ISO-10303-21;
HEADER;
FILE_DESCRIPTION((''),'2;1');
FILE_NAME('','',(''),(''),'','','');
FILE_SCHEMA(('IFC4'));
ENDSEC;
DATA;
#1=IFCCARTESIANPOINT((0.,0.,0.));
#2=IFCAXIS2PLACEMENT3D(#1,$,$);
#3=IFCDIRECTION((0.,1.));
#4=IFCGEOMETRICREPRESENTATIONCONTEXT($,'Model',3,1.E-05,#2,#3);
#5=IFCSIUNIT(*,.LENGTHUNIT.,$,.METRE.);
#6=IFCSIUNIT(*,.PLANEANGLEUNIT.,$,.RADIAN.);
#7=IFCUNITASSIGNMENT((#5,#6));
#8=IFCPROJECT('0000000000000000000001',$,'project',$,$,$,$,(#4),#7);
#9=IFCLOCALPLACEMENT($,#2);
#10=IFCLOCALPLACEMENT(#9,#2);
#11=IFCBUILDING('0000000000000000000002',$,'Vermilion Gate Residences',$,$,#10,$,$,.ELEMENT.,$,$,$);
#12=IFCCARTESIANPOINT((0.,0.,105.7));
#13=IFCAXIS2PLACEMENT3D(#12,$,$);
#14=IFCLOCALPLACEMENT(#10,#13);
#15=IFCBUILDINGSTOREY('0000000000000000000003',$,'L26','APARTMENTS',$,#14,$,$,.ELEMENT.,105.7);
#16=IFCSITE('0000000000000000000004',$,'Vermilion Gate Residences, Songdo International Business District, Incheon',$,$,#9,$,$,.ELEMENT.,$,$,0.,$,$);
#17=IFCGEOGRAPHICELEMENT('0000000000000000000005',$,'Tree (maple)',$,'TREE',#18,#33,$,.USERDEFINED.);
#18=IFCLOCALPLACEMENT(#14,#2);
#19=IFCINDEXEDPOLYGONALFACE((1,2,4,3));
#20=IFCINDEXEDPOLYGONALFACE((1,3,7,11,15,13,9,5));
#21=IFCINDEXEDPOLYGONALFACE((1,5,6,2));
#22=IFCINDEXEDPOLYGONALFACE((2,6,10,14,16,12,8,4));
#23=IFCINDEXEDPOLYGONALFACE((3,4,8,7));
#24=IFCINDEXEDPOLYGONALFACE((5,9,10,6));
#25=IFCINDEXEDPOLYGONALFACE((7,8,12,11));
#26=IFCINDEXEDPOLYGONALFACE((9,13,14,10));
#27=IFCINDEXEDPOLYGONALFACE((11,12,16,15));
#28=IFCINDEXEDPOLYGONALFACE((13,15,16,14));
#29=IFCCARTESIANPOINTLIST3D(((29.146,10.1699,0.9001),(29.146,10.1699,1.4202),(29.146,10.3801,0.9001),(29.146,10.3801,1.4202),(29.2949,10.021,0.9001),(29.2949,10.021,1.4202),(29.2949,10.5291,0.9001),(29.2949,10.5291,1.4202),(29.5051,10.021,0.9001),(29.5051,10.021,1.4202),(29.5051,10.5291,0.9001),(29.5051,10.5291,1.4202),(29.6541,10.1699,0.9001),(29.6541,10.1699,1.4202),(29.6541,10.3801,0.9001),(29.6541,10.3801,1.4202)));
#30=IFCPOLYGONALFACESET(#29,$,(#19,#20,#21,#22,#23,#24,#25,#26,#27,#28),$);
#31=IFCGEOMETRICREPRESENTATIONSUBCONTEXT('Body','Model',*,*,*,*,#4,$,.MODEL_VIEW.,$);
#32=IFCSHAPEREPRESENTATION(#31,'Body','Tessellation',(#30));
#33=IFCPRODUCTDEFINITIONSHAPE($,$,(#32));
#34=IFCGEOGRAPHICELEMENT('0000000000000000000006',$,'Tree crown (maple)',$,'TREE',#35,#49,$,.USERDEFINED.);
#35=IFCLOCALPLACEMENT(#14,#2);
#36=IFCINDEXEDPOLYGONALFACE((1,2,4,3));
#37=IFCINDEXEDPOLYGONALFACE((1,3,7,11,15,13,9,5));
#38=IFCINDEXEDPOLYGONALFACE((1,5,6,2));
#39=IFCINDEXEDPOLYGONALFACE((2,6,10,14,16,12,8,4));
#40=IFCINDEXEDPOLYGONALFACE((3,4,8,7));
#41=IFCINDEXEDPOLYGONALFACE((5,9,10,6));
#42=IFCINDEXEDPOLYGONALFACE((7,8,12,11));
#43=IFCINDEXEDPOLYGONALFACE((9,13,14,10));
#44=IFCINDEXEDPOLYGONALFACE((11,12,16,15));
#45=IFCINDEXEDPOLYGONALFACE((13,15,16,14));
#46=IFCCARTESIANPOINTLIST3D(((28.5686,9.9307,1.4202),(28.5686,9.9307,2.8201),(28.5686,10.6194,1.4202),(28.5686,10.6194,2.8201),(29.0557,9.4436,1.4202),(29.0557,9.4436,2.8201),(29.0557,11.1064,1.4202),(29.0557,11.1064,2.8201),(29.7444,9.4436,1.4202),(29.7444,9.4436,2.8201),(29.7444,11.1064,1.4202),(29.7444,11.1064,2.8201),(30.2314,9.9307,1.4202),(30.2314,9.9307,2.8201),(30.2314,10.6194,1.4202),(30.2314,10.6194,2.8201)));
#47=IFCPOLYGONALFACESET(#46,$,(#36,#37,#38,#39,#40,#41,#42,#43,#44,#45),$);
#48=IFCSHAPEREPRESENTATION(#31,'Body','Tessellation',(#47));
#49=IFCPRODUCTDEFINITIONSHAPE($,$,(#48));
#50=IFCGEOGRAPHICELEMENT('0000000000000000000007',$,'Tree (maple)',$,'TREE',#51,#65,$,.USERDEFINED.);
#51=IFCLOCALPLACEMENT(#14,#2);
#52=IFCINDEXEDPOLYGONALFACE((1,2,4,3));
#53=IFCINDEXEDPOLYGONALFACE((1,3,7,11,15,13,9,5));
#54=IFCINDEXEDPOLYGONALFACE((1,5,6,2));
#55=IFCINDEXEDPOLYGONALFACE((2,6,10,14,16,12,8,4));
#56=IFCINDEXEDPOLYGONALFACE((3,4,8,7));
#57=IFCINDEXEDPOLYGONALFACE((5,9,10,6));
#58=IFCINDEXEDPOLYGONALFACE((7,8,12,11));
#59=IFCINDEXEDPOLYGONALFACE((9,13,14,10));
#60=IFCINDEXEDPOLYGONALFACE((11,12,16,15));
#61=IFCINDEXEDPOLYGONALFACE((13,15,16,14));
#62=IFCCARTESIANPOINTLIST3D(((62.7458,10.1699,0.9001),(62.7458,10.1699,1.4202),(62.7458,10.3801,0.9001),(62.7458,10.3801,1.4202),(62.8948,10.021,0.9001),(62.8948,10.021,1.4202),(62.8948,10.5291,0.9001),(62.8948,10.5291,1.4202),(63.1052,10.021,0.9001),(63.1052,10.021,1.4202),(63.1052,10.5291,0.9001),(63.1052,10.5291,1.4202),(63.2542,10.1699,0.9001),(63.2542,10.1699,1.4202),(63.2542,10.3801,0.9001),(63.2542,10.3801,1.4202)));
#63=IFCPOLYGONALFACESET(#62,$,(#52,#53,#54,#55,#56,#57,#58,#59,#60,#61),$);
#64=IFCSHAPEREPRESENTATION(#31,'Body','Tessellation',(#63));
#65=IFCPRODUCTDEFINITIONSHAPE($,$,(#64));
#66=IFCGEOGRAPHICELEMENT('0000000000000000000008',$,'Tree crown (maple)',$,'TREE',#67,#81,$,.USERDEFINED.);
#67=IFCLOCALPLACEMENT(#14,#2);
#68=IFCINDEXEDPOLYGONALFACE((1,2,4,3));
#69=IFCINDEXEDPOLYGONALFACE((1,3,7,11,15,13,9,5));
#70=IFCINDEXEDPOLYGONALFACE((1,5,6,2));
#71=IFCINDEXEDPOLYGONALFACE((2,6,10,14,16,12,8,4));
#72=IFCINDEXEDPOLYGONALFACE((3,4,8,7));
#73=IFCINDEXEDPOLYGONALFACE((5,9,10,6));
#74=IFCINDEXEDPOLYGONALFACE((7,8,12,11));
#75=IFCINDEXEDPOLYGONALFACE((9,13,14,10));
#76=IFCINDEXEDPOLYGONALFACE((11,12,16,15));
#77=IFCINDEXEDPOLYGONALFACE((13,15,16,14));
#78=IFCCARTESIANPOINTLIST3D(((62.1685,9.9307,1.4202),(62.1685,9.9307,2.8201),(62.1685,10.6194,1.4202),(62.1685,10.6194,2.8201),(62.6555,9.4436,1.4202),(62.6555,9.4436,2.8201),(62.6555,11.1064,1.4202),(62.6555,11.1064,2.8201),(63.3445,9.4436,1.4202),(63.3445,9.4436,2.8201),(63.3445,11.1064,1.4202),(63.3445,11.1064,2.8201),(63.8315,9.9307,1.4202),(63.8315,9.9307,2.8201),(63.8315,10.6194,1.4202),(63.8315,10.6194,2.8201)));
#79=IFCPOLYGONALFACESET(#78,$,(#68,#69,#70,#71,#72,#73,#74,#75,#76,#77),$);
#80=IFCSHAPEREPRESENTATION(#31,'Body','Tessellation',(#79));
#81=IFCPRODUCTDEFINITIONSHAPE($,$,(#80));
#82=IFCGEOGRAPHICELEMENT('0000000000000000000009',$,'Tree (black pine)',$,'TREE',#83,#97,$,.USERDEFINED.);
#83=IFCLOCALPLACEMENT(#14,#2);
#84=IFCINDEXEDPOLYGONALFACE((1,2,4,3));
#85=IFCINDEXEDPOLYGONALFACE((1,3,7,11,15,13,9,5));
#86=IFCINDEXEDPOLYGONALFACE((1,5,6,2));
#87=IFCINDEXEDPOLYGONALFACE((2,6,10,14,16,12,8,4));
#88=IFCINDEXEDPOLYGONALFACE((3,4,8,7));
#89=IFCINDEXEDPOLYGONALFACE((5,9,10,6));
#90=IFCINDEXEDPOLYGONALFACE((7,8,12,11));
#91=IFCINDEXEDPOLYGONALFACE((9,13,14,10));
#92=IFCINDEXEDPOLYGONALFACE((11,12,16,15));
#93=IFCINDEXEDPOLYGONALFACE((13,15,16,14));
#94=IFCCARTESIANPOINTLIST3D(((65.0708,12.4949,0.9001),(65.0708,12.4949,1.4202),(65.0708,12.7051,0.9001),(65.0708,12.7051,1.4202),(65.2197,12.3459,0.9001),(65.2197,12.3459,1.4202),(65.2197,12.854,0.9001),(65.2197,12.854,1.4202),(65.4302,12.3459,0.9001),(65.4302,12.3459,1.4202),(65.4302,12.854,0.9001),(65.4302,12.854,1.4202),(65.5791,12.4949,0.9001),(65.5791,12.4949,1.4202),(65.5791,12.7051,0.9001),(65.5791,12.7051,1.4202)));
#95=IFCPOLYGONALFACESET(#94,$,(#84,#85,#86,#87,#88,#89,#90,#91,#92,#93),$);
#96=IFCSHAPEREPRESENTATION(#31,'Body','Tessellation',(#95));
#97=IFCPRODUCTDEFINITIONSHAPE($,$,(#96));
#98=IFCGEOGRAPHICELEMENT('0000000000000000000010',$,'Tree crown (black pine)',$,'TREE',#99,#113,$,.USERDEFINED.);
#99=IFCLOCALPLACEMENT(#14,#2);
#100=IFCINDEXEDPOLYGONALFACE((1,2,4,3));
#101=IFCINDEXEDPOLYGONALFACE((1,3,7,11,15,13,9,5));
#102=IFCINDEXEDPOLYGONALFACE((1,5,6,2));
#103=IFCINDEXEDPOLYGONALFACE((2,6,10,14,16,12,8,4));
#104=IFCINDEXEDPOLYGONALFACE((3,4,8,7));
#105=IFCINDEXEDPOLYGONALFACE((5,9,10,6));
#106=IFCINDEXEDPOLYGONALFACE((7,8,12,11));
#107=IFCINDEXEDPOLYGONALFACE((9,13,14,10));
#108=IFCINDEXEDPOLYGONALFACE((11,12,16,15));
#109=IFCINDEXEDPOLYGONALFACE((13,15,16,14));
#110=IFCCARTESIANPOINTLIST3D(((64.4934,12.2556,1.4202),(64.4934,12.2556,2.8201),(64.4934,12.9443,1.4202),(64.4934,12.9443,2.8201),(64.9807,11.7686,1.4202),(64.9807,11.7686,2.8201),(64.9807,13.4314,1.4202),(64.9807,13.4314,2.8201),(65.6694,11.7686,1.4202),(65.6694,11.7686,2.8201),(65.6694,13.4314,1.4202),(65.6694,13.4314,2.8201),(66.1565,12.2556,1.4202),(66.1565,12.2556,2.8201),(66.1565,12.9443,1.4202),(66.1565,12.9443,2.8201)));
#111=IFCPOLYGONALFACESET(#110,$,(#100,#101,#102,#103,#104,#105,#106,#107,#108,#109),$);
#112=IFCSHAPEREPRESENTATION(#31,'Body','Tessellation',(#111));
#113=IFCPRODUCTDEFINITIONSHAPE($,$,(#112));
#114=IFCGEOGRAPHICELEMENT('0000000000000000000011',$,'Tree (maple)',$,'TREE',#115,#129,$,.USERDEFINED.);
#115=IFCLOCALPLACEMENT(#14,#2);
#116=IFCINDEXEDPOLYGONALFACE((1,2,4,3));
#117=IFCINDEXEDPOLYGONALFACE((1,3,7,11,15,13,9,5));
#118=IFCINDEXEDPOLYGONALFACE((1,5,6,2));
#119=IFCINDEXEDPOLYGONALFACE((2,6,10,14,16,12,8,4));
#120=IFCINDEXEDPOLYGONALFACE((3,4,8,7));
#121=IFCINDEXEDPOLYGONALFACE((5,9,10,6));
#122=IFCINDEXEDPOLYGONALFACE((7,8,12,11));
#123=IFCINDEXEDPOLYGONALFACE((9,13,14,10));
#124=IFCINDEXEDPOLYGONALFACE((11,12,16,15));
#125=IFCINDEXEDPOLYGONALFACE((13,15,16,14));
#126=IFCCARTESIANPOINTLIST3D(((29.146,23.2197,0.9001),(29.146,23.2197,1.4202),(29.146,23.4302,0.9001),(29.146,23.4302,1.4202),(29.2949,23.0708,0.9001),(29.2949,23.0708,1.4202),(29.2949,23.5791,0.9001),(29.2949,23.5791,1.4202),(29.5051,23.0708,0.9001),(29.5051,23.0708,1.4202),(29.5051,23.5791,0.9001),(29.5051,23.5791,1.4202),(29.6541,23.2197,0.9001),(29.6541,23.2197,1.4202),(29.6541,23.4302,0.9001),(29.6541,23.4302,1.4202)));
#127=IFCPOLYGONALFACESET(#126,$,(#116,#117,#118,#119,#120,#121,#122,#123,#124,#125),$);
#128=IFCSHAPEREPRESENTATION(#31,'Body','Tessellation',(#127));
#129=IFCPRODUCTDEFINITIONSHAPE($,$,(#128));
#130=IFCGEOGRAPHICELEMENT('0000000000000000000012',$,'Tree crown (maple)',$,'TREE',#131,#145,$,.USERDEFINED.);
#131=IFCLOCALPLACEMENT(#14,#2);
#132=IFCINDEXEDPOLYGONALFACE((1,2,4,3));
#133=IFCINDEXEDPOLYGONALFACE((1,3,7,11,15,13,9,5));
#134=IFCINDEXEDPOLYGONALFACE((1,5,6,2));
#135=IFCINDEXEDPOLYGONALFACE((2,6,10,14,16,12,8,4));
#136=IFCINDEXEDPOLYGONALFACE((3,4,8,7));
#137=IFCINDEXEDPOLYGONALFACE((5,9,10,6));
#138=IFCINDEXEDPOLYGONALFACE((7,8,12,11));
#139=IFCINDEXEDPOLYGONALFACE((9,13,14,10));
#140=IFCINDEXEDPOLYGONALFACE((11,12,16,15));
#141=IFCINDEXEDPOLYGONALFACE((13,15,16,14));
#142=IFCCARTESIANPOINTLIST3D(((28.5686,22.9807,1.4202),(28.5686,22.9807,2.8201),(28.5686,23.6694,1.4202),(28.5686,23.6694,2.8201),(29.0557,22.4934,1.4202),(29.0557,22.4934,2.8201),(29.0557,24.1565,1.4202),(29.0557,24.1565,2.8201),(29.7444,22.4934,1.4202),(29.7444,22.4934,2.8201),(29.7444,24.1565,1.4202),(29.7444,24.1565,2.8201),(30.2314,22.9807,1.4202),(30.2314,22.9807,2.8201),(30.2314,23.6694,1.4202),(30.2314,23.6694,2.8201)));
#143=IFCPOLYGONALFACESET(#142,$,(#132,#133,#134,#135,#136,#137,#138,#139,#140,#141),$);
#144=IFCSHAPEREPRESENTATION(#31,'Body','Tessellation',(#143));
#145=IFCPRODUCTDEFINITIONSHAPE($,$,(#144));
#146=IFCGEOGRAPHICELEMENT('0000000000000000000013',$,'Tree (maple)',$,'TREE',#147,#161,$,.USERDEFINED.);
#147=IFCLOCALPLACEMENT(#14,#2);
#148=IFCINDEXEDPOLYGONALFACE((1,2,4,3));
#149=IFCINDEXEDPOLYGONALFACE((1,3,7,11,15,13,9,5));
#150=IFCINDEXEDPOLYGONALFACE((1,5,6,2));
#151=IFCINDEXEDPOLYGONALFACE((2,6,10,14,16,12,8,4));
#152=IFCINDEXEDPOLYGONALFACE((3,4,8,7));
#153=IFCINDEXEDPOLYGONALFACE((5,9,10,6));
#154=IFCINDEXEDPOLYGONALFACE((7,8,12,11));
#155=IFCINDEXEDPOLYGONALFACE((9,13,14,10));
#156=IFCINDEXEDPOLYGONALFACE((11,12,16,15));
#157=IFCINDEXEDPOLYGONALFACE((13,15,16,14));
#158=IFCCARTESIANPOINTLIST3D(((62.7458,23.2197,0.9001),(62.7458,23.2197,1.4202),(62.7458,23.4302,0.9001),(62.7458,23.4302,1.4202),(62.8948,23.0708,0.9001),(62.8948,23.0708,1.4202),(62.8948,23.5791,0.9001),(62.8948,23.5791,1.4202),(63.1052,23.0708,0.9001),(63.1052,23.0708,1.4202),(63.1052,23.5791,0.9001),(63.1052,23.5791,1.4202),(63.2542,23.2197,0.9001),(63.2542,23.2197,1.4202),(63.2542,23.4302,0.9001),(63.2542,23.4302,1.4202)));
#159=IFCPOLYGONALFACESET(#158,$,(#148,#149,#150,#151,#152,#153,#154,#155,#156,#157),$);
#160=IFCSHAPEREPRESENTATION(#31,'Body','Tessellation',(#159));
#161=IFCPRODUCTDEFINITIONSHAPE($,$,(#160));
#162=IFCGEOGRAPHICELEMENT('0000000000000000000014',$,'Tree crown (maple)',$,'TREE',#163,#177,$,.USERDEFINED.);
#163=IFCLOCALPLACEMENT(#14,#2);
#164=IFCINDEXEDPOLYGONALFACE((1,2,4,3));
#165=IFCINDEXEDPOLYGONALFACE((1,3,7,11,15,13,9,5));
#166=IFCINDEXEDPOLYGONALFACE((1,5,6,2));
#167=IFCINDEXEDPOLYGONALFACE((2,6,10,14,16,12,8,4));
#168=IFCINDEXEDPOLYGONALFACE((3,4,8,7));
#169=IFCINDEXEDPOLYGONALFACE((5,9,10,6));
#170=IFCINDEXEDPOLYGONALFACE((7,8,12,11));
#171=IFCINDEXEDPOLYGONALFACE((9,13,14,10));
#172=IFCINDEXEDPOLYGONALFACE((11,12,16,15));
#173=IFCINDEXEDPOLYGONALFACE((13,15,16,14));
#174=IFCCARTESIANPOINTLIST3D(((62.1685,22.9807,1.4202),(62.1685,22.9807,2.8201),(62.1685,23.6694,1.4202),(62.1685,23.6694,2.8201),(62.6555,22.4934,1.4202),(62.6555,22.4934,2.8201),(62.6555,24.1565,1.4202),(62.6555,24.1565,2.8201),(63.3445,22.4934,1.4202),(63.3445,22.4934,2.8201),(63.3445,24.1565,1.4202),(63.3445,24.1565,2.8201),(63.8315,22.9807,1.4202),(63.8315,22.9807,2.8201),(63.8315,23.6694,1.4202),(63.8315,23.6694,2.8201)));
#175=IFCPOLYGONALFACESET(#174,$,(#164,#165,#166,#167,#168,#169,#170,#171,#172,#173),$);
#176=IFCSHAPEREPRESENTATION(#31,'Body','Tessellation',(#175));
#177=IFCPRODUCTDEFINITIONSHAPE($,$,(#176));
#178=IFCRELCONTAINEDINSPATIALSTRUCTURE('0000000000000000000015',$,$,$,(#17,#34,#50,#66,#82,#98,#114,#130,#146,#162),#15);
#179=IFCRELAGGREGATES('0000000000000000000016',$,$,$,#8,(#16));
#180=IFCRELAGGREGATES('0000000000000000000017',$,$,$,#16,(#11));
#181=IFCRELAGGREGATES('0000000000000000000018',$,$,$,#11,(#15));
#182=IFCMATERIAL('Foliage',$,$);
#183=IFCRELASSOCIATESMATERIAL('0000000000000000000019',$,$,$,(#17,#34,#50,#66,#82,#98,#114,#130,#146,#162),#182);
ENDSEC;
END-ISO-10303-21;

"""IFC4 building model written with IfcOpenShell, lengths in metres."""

from ifc_helpers import new_model, si_unit, direction, frame, origin, place, context, subcontext, project, spatial, polyline, outline, extrude, material, element, save


model = new_model("IFC4")

# Units and contexts
model_context = context("Model", 3, precision=1e-05, world=origin(), true_north=direction((0.0, 1.0)))
body_context = subcontext(model_context, "Body", "Model", "MODEL_VIEW")
ifc_project = project(units=[si_unit("LENGTHUNIT", "METRE"), si_unit("PLANEANGLEUNIT", "RADIAN")], contexts=[model_context])

# Site, building, storey
site_placement = place(None, origin())
site = spatial("IfcSite", under=ifc_project, at=site_placement, Name="Vermilion Gate Residences, Songdo International Business District, Incheon", CompositionType="ELEMENT", RefElevation=0.0)
building_placement = place(site_placement, origin())
building = spatial("IfcBuilding", under=site, at=building_placement, Name="Vermilion Gate Residences", CompositionType="ELEMENT")
storey_placement = place(building_placement, frame((0.0, 0.0, 105.7)))
storey = spatial("IfcBuildingStorey", under=building, at=storey_placement, Name="L26", Description="APARTMENTS", CompositionType="ELEMENT", Elevation=105.7)

# Geographic elements
ifc_material_1 = material(Name="Foliage")
geographic_element_1_placement = place(storey_placement, frame((0.0, 0.0, 0.9001)))
element("IfcGeographicElement", 1, at=geographic_element_1_placement, inside=storey, material=ifc_material_1, Name="Tree (maple)", ObjectType="TREE", PredefinedType="USERDEFINED", context=body_context, shape_type="SweptSolid", body=[
    extrude(outline(polyline([(29.6541, 10.3801), (29.5051, 10.5291), (29.2949, 10.5291), (29.146, 10.3801), (29.146, 10.1699), (29.2949, 10.021), (29.5051, 10.021), (29.6541, 10.1699), (29.6541, 10.3801)])), origin(), (0.0, 0.0, 1.0), 0.52),
])
geographic_element_2_placement = place(storey_placement, frame((0.0, 0.0, 1.4202)))
element("IfcGeographicElement", 2, at=geographic_element_2_placement, inside=storey, material=ifc_material_1, Name="Tree crown (maple)", ObjectType="TREE", PredefinedType="USERDEFINED", context=body_context, shape_type="SweptSolid", body=[
    extrude(outline(polyline([(30.2314, 10.6194), (29.7444, 11.1064), (29.0557, 11.1064), (28.5686, 10.6194), (28.5686, 9.9307), (29.0557, 9.4436), (29.7444, 9.4436), (30.2314, 9.9307), (30.2314, 10.6194)])), origin(), (0.0, 0.0, 1.0), 1.3999),
])
geographic_element_3_placement = place(storey_placement, frame((0.0, 0.0, 0.9001)))
element("IfcGeographicElement", 3, at=geographic_element_3_placement, inside=storey, material=ifc_material_1, Name="Tree (maple)", ObjectType="TREE", PredefinedType="USERDEFINED", context=body_context, shape_type="SweptSolid", body=[
    extrude(outline(polyline([(63.2542, 10.3801), (63.1052, 10.5291), (62.8948, 10.5291), (62.7458, 10.3801), (62.7458, 10.1699), (62.8948, 10.021), (63.1052, 10.021), (63.2542, 10.1699), (63.2542, 10.3801)])), origin(), (0.0, 0.0, 1.0), 0.52),
])
geographic_element_4_placement = place(storey_placement, frame((0.0, 0.0, 1.4202)))
element("IfcGeographicElement", 4, at=geographic_element_4_placement, inside=storey, material=ifc_material_1, Name="Tree crown (maple)", ObjectType="TREE", PredefinedType="USERDEFINED", context=body_context, shape_type="SweptSolid", body=[
    extrude(outline(polyline([(63.8315, 10.6194), (63.3445, 11.1064), (62.6555, 11.1064), (62.1685, 10.6194), (62.1685, 9.9307), (62.6555, 9.4436), (63.3445, 9.4436), (63.8315, 9.9307), (63.8315, 10.6194)])), origin(), (0.0, 0.0, 1.0), 1.3999),
])
geographic_element_5_placement = place(storey_placement, frame((0.0, 0.0, 0.9001)))
element("IfcGeographicElement", 5, at=geographic_element_5_placement, inside=storey, material=ifc_material_1, Name="Tree (black pine)", ObjectType="TREE", PredefinedType="USERDEFINED", context=body_context, shape_type="SweptSolid", body=[
    extrude(outline(polyline([(65.5791, 12.7051), (65.4302, 12.854), (65.2197, 12.854), (65.0708, 12.7051), (65.0708, 12.4949), (65.2197, 12.3459), (65.4302, 12.3459), (65.5791, 12.4949), (65.5791, 12.7051)])), origin(), (0.0, 0.0, 1.0), 0.52),
])
geographic_element_6_placement = place(storey_placement, frame((0.0, 0.0, 1.4202)))
element("IfcGeographicElement", 6, at=geographic_element_6_placement, inside=storey, material=ifc_material_1, Name="Tree crown (black pine)", ObjectType="TREE", PredefinedType="USERDEFINED", context=body_context, shape_type="SweptSolid", body=[
    extrude(outline(polyline([(66.1565, 12.9443), (65.6694, 13.4314), (64.9807, 13.4314), (64.4934, 12.9443), (64.4934, 12.2556), (64.9807, 11.7686), (65.6694, 11.7686), (66.1565, 12.2556), (66.1565, 12.9443)])), origin(), (0.0, 0.0, 1.0), 1.3999),
])
geographic_element_7_placement = place(storey_placement, frame((0.0, 0.0, 0.9001)))
element("IfcGeographicElement", 7, at=geographic_element_7_placement, inside=storey, material=ifc_material_1, Name="Tree (maple)", ObjectType="TREE", PredefinedType="USERDEFINED", context=body_context, shape_type="SweptSolid", body=[
    extrude(outline(polyline([(29.6541, 23.4302), (29.5051, 23.5791), (29.2949, 23.5791), (29.146, 23.4302), (29.146, 23.2197), (29.2949, 23.0708), (29.5051, 23.0708), (29.6541, 23.2197), (29.6541, 23.4302)])), origin(), (0.0, 0.0, 1.0), 0.52),
])
geographic_element_8_placement = place(storey_placement, frame((0.0, 0.0, 1.4202)))
element("IfcGeographicElement", 8, at=geographic_element_8_placement, inside=storey, material=ifc_material_1, Name="Tree crown (maple)", ObjectType="TREE", PredefinedType="USERDEFINED", context=body_context, shape_type="SweptSolid", body=[
    extrude(outline(polyline([(30.2314, 23.6694), (29.7444, 24.1565), (29.0557, 24.1565), (28.5686, 23.6694), (28.5686, 22.9807), (29.0557, 22.4934), (29.7444, 22.4934), (30.2314, 22.9807), (30.2314, 23.6694)])), origin(), (0.0, 0.0, 1.0), 1.3999),
])
geographic_element_9_placement = place(storey_placement, frame((0.0, 0.0, 0.9001)))
element("IfcGeographicElement", 9, at=geographic_element_9_placement, inside=storey, material=ifc_material_1, Name="Tree (maple)", ObjectType="TREE", PredefinedType="USERDEFINED", context=body_context, shape_type="SweptSolid", body=[
    extrude(outline(polyline([(63.2542, 23.4302), (63.1052, 23.5791), (62.8948, 23.5791), (62.7458, 23.4302), (62.7458, 23.2197), (62.8948, 23.0708), (63.1052, 23.0708), (63.2542, 23.2197), (63.2542, 23.4302)])), origin(), (0.0, 0.0, 1.0), 0.52),
])
geographic_element_10_placement = place(storey_placement, frame((0.0, 0.0, 1.4202)))
element("IfcGeographicElement", 10, at=geographic_element_10_placement, inside=storey, material=ifc_material_1, Name="Tree crown (maple)", ObjectType="TREE", PredefinedType="USERDEFINED", context=body_context, shape_type="SweptSolid", body=[
    extrude(outline(polyline([(63.8315, 23.6694), (63.3445, 24.1565), (62.6555, 24.1565), (62.1685, 23.6694), (62.1685, 22.9807), (62.6555, 22.4934), (63.3445, 22.4934), (63.8315, 22.9807), (63.8315, 23.6694)])), origin(), (0.0, 0.0, 1.0), 1.3999),
])

save(model, "model.ifc")
